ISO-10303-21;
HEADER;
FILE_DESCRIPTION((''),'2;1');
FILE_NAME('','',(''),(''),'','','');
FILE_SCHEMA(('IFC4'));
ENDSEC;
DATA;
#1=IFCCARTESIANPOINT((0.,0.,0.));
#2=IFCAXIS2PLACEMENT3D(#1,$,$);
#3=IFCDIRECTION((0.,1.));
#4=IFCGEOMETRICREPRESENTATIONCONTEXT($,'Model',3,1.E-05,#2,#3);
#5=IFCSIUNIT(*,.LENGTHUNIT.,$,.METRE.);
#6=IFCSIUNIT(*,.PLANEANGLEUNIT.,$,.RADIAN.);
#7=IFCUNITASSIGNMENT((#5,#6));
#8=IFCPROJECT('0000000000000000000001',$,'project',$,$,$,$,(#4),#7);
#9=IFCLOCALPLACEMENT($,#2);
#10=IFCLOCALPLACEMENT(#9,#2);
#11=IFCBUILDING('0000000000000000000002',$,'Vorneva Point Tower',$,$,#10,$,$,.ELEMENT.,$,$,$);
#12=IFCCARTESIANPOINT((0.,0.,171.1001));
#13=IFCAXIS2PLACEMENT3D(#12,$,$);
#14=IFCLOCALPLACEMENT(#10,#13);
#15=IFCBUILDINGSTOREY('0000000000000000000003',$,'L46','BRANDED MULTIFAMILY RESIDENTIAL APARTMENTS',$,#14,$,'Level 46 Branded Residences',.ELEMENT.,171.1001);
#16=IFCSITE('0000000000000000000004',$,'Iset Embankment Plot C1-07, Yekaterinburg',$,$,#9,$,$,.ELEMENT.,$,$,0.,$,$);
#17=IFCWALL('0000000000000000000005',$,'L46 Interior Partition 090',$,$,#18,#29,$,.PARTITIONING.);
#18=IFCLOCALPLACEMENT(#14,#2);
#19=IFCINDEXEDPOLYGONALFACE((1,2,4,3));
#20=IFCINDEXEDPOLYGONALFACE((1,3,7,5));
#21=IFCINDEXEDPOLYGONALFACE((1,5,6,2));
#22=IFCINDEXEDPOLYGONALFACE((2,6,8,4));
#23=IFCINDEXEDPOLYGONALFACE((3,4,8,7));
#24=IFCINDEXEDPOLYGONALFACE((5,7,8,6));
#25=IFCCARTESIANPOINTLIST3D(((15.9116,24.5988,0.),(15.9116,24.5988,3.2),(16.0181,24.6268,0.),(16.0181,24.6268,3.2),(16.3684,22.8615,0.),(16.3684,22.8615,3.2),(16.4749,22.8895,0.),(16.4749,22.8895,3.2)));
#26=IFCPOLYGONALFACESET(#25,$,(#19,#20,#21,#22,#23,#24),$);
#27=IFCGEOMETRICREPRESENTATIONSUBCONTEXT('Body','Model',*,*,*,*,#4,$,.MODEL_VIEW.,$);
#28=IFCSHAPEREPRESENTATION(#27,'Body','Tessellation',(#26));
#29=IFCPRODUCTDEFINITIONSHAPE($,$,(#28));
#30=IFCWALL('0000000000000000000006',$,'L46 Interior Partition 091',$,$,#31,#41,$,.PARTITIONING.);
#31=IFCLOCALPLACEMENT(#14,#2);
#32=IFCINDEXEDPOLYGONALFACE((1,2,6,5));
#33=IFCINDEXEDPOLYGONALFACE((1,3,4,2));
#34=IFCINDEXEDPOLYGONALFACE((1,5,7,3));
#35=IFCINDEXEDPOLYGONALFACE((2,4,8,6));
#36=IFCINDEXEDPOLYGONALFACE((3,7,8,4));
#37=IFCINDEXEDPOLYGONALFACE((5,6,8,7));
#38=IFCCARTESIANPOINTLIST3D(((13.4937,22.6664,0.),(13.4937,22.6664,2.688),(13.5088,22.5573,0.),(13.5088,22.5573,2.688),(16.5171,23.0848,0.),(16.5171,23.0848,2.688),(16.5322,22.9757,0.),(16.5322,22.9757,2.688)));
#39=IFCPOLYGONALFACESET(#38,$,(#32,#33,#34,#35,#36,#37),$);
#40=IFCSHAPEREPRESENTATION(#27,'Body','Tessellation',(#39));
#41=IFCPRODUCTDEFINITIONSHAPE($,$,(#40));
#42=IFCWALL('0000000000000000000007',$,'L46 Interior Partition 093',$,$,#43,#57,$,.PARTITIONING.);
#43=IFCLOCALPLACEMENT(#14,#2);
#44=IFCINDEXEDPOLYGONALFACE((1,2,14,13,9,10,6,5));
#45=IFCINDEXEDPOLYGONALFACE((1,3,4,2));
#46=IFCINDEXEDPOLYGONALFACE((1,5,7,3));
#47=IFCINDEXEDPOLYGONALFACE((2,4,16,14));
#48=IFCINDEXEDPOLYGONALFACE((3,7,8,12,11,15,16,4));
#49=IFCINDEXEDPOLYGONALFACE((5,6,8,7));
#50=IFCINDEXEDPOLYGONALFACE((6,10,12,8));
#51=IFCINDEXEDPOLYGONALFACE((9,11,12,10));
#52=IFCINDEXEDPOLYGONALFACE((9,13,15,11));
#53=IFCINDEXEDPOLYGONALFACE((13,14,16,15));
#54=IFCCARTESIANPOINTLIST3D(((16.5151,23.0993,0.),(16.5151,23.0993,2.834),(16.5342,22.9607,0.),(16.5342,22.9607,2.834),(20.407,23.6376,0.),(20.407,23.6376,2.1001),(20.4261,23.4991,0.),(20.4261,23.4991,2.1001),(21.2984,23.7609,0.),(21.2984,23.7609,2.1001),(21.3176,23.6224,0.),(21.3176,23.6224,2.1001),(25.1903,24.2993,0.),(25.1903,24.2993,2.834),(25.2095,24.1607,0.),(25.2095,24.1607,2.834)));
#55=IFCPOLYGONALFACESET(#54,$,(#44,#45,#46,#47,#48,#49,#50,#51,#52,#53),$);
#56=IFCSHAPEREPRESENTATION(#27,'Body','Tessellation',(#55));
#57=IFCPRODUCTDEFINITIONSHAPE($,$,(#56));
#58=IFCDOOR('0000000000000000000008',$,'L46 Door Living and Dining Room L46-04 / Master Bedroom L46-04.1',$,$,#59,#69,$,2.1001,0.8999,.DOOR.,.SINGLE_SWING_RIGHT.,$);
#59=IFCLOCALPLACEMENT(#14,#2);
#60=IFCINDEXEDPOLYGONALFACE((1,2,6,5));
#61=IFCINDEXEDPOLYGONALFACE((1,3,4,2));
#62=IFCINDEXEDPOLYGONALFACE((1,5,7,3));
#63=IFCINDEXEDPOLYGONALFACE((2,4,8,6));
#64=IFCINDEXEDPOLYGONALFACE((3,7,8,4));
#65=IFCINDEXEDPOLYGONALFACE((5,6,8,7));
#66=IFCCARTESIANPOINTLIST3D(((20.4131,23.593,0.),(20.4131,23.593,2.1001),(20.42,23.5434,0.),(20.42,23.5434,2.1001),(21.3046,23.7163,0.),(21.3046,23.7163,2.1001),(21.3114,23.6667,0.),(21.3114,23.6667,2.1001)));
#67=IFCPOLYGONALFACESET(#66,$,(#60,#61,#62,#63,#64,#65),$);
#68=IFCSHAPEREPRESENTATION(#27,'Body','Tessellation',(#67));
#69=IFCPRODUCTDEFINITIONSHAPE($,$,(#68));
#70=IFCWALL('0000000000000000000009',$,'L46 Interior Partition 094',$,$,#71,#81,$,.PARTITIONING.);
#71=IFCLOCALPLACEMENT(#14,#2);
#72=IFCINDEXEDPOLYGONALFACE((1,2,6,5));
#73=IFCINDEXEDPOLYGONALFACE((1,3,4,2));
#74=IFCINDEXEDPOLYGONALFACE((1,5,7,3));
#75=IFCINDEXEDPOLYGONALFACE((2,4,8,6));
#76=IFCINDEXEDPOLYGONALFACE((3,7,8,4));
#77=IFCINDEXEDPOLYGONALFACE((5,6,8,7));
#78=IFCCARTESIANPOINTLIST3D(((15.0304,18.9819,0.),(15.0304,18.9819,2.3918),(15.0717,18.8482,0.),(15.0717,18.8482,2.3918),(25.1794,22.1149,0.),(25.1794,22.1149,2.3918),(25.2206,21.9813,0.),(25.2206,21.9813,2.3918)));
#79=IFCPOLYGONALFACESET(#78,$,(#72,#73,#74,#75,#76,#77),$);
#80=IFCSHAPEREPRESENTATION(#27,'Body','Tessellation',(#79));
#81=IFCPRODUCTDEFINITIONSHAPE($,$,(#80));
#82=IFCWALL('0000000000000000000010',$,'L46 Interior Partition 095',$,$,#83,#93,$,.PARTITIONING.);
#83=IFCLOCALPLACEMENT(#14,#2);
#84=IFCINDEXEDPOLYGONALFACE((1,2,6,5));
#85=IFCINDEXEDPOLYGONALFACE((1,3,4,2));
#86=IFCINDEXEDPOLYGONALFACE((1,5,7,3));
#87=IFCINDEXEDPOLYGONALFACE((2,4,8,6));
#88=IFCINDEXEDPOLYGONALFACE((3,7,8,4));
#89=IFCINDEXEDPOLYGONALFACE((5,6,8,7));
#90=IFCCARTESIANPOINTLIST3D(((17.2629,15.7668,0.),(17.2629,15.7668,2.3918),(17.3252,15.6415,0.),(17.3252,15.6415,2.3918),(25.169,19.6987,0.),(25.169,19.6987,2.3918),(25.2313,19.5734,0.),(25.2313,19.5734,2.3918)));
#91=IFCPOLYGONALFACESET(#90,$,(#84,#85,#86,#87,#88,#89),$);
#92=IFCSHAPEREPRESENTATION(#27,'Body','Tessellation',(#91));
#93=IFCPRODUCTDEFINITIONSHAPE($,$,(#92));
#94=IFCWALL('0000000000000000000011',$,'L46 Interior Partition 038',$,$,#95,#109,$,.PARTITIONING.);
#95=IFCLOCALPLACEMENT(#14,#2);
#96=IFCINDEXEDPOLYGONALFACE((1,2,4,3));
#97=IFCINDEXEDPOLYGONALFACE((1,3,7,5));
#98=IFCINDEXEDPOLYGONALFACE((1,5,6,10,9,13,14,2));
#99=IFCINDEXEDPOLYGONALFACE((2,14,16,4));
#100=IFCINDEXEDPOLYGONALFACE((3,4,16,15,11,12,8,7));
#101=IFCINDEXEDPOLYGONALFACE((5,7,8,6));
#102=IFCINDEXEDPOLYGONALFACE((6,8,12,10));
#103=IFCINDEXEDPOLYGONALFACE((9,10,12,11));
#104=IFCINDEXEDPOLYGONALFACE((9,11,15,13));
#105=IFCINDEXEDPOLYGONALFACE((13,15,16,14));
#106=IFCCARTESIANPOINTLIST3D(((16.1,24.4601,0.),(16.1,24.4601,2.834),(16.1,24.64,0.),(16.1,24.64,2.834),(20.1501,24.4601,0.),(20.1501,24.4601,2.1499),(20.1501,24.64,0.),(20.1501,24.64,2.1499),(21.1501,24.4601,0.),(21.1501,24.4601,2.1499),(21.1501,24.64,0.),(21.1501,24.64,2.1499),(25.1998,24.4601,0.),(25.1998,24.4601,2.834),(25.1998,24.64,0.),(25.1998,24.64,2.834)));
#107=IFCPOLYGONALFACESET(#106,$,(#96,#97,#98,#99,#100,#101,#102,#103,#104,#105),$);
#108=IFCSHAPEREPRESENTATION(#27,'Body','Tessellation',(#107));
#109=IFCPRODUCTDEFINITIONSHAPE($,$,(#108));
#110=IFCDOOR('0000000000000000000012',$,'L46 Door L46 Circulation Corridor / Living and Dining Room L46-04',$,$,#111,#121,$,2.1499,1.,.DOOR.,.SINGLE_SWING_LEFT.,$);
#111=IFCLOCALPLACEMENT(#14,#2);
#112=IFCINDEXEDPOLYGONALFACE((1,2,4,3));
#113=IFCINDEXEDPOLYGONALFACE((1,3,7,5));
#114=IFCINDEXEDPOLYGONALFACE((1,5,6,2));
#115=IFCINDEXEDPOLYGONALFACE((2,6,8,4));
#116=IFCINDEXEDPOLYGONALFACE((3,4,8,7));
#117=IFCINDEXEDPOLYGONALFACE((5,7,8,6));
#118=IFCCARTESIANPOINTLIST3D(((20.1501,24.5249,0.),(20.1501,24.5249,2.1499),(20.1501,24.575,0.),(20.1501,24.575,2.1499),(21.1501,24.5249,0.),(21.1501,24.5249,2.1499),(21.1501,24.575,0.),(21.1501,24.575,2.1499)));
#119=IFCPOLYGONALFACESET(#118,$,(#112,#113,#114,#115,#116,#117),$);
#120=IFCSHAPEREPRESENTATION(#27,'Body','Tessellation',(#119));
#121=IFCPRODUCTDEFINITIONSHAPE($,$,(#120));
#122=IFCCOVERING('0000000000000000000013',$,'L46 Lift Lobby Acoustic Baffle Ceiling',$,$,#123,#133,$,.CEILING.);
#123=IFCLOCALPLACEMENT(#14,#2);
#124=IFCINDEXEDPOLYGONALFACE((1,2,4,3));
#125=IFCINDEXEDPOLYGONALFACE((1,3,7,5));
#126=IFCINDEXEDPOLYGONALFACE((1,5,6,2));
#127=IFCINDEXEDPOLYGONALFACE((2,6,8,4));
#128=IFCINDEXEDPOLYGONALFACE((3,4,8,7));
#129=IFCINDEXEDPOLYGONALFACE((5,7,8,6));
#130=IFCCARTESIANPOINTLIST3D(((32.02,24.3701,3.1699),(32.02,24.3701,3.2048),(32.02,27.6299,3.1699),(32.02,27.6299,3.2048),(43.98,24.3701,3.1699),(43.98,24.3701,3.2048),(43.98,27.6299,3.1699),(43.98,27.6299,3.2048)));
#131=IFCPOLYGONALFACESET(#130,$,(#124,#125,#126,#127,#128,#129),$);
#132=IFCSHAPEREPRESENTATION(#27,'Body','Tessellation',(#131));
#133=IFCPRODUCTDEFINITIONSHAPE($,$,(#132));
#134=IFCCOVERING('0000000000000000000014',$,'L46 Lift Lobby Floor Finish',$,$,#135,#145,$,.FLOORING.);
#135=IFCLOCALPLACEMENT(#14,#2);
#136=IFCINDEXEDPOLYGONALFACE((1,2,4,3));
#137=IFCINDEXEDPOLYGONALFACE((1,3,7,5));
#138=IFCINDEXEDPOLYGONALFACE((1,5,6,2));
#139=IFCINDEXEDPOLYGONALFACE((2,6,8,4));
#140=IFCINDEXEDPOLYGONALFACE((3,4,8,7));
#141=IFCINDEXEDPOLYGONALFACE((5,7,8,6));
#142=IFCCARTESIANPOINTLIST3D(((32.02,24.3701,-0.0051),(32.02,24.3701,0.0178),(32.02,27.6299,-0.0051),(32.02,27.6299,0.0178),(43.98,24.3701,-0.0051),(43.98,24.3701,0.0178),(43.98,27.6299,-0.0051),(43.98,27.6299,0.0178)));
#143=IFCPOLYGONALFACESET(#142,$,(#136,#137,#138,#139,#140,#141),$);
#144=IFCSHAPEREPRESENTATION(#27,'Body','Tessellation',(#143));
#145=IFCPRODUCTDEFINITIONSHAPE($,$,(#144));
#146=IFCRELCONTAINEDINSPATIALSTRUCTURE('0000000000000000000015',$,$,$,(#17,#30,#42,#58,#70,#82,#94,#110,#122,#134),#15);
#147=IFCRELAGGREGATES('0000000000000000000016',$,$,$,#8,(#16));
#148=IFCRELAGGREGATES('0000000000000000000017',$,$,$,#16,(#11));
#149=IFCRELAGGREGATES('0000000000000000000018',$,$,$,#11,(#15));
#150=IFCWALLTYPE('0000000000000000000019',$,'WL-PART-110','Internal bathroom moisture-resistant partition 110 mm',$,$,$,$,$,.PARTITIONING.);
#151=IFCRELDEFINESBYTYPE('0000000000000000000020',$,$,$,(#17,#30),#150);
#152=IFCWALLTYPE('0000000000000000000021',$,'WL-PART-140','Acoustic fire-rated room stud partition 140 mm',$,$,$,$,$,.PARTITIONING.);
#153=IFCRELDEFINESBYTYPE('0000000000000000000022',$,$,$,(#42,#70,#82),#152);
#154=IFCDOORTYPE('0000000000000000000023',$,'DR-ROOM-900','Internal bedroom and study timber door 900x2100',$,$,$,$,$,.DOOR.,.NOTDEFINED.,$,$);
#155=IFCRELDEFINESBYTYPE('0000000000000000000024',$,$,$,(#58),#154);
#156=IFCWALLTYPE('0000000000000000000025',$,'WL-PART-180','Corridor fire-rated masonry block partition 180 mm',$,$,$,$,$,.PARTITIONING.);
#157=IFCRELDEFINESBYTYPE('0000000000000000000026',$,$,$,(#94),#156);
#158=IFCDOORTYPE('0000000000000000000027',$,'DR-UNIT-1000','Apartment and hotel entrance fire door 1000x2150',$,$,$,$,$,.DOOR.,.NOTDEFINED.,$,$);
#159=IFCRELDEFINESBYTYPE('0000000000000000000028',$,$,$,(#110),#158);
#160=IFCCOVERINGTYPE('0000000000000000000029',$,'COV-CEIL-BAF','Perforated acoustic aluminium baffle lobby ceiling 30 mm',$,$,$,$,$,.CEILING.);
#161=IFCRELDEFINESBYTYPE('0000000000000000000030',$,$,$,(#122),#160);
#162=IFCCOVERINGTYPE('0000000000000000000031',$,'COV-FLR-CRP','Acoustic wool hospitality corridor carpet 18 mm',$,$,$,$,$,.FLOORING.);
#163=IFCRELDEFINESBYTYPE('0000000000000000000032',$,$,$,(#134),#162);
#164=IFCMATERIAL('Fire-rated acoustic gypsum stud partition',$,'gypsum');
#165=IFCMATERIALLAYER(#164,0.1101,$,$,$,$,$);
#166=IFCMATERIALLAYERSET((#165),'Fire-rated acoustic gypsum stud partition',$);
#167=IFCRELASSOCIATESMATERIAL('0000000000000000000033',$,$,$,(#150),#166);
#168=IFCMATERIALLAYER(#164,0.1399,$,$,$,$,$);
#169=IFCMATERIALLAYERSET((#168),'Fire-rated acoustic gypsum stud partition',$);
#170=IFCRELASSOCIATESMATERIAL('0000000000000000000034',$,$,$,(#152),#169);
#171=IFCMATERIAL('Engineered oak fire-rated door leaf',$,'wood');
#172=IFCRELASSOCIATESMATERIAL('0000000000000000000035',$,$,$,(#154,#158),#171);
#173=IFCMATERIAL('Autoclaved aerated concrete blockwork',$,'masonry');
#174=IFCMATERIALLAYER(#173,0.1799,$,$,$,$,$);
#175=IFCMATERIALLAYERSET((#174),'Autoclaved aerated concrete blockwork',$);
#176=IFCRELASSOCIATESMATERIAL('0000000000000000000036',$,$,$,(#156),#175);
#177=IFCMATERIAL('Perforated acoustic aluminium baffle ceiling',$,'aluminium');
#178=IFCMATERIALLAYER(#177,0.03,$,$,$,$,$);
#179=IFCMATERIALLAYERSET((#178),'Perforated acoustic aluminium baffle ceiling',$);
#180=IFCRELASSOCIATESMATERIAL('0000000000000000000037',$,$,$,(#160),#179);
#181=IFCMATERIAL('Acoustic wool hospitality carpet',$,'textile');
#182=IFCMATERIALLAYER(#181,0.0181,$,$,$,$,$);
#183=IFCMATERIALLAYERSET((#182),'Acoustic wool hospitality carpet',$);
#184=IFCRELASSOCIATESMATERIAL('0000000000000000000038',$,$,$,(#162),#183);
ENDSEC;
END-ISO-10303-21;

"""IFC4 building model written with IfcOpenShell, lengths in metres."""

from ifc_helpers import new_model, si_unit, direction, frame, frame_2d, origin, place, context, subcontext, project, spatial, polyline, rectangle, outline, extrude, material, layer, layer_set, type_object, element, fill, save


model = new_model("IFC4")

# Units and contexts
model_context = context("Model", 3, precision=1e-05, world=origin(), true_north=direction((0.0, 1.0)))
body_context = subcontext(model_context, "Body", "Model", "MODEL_VIEW")
ifc_project = project(units=[si_unit("LENGTHUNIT", "METRE"), si_unit("PLANEANGLEUNIT", "RADIAN")], contexts=[model_context])

# Site, building, storey
site_placement = place(None, origin())
site = spatial("IfcSite", under=ifc_project, at=site_placement, Name="Iset Embankment Plot C1-07, Yekaterinburg", CompositionType="ELEMENT", RefElevation=0.0)
building_placement = place(site_placement, origin())
building = spatial("IfcBuilding", under=site, at=building_placement, Name="Vorneva Point Tower", CompositionType="ELEMENT")
storey_placement = place(building_placement, frame((0.0, 0.0, 171.1001)))
storey = spatial("IfcBuildingStorey", under=building, at=storey_placement, Name="L46", Description="BRANDED MULTIFAMILY RESIDENTIAL APARTMENTS", LongName="Level 46 Branded Residences", CompositionType="ELEMENT", Elevation=171.1001)

# Walls
ifc_material_1 = material(Name="Fire-rated acoustic gypsum stud partition", Category="gypsum")
ifc_layer_1 = layer(ifc_material_1, 0.1101)
ifc_layer_set_1 = layer_set([ifc_layer_1], Name="Fire-rated acoustic gypsum stud partition")
wall_type_1 = type_object("IfcWallType", Name="WL-PART-110", Description="Internal bathroom moisture-resistant partition 110 mm", PredefinedType="PARTITIONING", material=ifc_layer_set_1)
wall_1_placement = place(storey_placement, frame((15.9648, 24.6128, 0.0), z_axis=(0.0, 0.0, 1.0), x_axis=(0.254286, -0.967129, 0.0)))
element("IfcWall", 1, at=wall_1_placement, inside=storey, type_object=wall_type_1, Name="L46 Interior Partition 090", PredefinedType="PARTITIONING", context=body_context, shape_type="SweptSolid", body=[
    extrude(rectangle(XDim=1.7964, YDim=0.1101, at=frame_2d((0.8982, 0.0))), origin(), (0.0, 0.0, 1.0), 3.2),
])
wall_2_placement = place(storey_placement, frame((16.5247, 23.0303, 0.0), z_axis=(0.0, 0.0, 1.0), x_axis=(-0.990558, -0.137098, 0.0)))
element("IfcWall", 2, at=wall_2_placement, inside=storey, type_object=wall_type_1, Name="L46 Interior Partition 091", PredefinedType="PARTITIONING", context=body_context, shape_type="SweptSolid", body=[
    extrude(rectangle(XDim=3.0522, YDim=0.1101, at=frame_2d((1.5261, 0.0))), origin(), (0.0, 0.0, 1.0), 2.688),
])

# Wall, opening, door
ifc_layer_2 = layer(ifc_material_1, 0.1399)
ifc_layer_set_2 = layer_set([ifc_layer_2], Name="Fire-rated acoustic gypsum stud partition")
wall_type_2 = type_object("IfcWallType", Name="WL-PART-140", Description="Acoustic fire-rated room stud partition 140 mm", PredefinedType="PARTITIONING", material=ifc_layer_set_2)
wall_3_placement = place(storey_placement, frame((16.5247, 23.03, 0.0), z_axis=(0.0, 0.0, 1.0), x_axis=(0.990569, 0.137014, 0.0)))
wall_3 = element("IfcWall", 3, at=wall_3_placement, inside=storey, type_object=wall_type_2, Name="L46 Interior Partition 093", PredefinedType="PARTITIONING", context=body_context, shape_type="SweptSolid", body=[
    extrude(rectangle(XDim=8.7578, YDim=0.1399, at=frame_2d((4.3789, 0.0))), origin(), (0.0, 0.0, 1.0), 2.834),
])
opening_1_placement = place(wall_3_placement, frame((3.929, 0.0, 0.0)))
opening_1 = element("IfcOpeningElement", 4, at=opening_1_placement, cuts=wall_3, PredefinedType="OPENING", context=body_context, shape_type="SweptSolid", body=[
    extrude(rectangle(XDim=0.8999, YDim=2.1001, at=frame_2d((0.45, 1.05))), frame((0.0, 0.085, 0.0), z_axis=(0.0, -1.0, 0.0), x_axis=(1.0, 0.0, 0.0)), (0.0, 0.0, 1.0), 0.1697),
])
ifc_material_2 = material(Name="Engineered oak fire-rated door leaf", Category="wood")
door_type_1 = type_object("IfcDoorType", Name="DR-ROOM-900", Description="Internal bedroom and study timber door 900x2100", OperationType="NOTDEFINED", PredefinedType="DOOR", material=ifc_material_2)
door_1_placement = place(opening_1_placement, origin())
door_1 = element("IfcDoor", 5, at=door_1_placement, inside=storey, type_object=door_type_1, Name="L46 Door Living and Dining Room L46-04 / Master Bedroom L46-04.1", OperationType="SINGLE_SWING_RIGHT", OverallHeight=2.1001, OverallWidth=0.8999, PredefinedType="DOOR", context=body_context, shape_type="SweptSolid", body=[
    extrude(rectangle(XDim=0.8999, YDim=2.1001, at=frame_2d((0.45, 1.05))), frame((0.0, 0.0249, 0.0), z_axis=(0.0, -1.0, 0.0), x_axis=(1.0, 0.0, 0.0)), (0.0, 0.0, 1.0), 0.05),
])
fill(opening_1, door_1)

# Walls
wall_4_placement = place(storey_placement, frame((15.051, 18.915, 0.0), z_axis=(0.0, 0.0, 1.0), x_axis=(0.955506, 0.294972, 0.0)))
element("IfcWall", 6, at=wall_4_placement, inside=storey, type_object=wall_type_2, Name="L46 Interior Partition 094", PredefinedType="PARTITIONING", context=body_context, shape_type="SweptSolid", body=[
    extrude(rectangle(XDim=10.6216, YDim=0.1399, at=frame_2d((5.3108, 0.0))), origin(), (0.0, 0.0, 1.0), 2.3918),
])
wall_5_placement = place(storey_placement, frame((17.2939, 15.7041, 0.0), z_axis=(0.0, 0.0, 1.0), x_axis=(0.895382, 0.445299, 0.0)))
element("IfcWall", 7, at=wall_5_placement, inside=storey, type_object=wall_type_2, Name="L46 Interior Partition 095", PredefinedType="PARTITIONING", context=body_context, shape_type="SweptSolid", body=[
    extrude(rectangle(XDim=8.8298, YDim=0.1399, at=frame_2d((4.415, 0.0))), origin(), (0.0, 0.0, 1.0), 2.3918),
])

# Wall, opening, door
ifc_material_3 = material(Name="Autoclaved aerated concrete blockwork", Category="masonry")
ifc_layer_3 = layer(ifc_material_3, 0.1799)
ifc_layer_set_3 = layer_set([ifc_layer_3], Name="Autoclaved aerated concrete blockwork")
wall_type_3 = type_object("IfcWallType", Name="WL-PART-180", Description="Corridor fire-rated masonry block partition 180 mm", PredefinedType="PARTITIONING", material=ifc_layer_set_3)
wall_6_placement = place(storey_placement, frame((16.1001, 24.55, 0.0), z_axis=(0.0, 0.0, 1.0), x_axis=(1.0, 0.0, 0.0)))
wall_6 = element("IfcWall", 8, at=wall_6_placement, inside=storey, type_object=wall_type_3, Name="L46 Interior Partition 038", PredefinedType="PARTITIONING", context=body_context, shape_type="SweptSolid", body=[
    extrude(rectangle(XDim=9.0999, YDim=0.1799, at=frame_2d((4.5498, 0.0))), origin(), (0.0, 0.0, 1.0), 2.834),
])
opening_2_placement = place(wall_6_placement, frame((4.05, 0.0, 0.0)))
opening_2 = element("IfcOpeningElement", 9, at=opening_2_placement, cuts=wall_6, PredefinedType="OPENING", context=body_context, shape_type="SweptSolid", body=[
    extrude(rectangle(XDim=1.0, YDim=2.1499, at=frame_2d((0.5, 1.075))), frame((0.0, 0.105, 0.0), z_axis=(0.0, -1.0, 0.0), x_axis=(1.0, 0.0, 0.0)), (0.0, 0.0, 1.0), 0.2097),
])
door_type_2 = type_object("IfcDoorType", Name="DR-UNIT-1000", Description="Apartment and hotel entrance fire door 1000x2150", OperationType="NOTDEFINED", PredefinedType="DOOR", material=ifc_material_2)
door_2_placement = place(opening_2_placement, origin())
door_2 = element("IfcDoor", 10, at=door_2_placement, inside=storey, type_object=door_type_2, Name="L46 Door L46 Circulation Corridor / Living and Dining Room L46-04", OperationType="SINGLE_SWING_LEFT", OverallHeight=2.1499, OverallWidth=1.0, PredefinedType="DOOR", context=body_context, shape_type="SweptSolid", body=[
    extrude(rectangle(XDim=1.0, YDim=2.1499, at=frame_2d((0.5, 1.075))), frame((0.0, 0.0249, 0.0), z_axis=(0.0, -1.0, 0.0), x_axis=(1.0, 0.0, 0.0)), (0.0, 0.0, 1.0), 0.05),
])
fill(opening_2, door_2)

# Coverings
ifc_material_4 = material(Name="Perforated acoustic aluminium baffle ceiling", Category="aluminium")
ifc_layer_4 = layer(ifc_material_4, 0.03)
ifc_layer_set_4 = layer_set([ifc_layer_4], Name="Perforated acoustic aluminium baffle ceiling")
covering_type_1 = type_object("IfcCoveringType", Name="COV-CEIL-BAF", Description="Perforated acoustic aluminium baffle lobby ceiling 30 mm", PredefinedType="CEILING", material=ifc_layer_set_4)
covering_1_placement = place(storey_placement, frame((0.0, 0.0, 3.1699)))
element("IfcCovering", 11, at=covering_1_placement, inside=storey, type_object=covering_type_1, Name="L46 Lift Lobby Acoustic Baffle Ceiling", PredefinedType="CEILING", context=body_context, shape_type="SweptSolid", body=[
    extrude(outline(polyline([(32.02, 24.3701), (43.98, 24.3701), (43.98, 27.6299), (32.02, 27.6299), (32.02, 24.3701)])), origin(), (0.0, 0.0, 1.0), 0.0349),
])
ifc_material_5 = material(Name="Acoustic wool hospitality carpet", Category="textile")
ifc_layer_5 = layer(ifc_material_5, 0.0181)
ifc_layer_set_5 = layer_set([ifc_layer_5], Name="Acoustic wool hospitality carpet")
covering_type_2 = type_object("IfcCoveringType", Name="COV-FLR-CRP", Description="Acoustic wool hospitality corridor carpet 18 mm", PredefinedType="FLOORING", material=ifc_layer_set_5)
covering_2_placement = place(storey_placement, frame((0.0, 0.0, -0.0051)))
element("IfcCovering", 12, at=covering_2_placement, inside=storey, type_object=covering_type_2, Name="L46 Lift Lobby Floor Finish", PredefinedType="FLOORING", context=body_context, shape_type="SweptSolid", body=[
    extrude(outline(polyline([(32.02, 24.3701), (43.98, 24.3701), (43.98, 27.6299), (32.02, 27.6299), (32.02, 24.3701)])), origin(), (0.0, 0.0, 1.0), 0.0229),
])

save(model, "model.ifc")
